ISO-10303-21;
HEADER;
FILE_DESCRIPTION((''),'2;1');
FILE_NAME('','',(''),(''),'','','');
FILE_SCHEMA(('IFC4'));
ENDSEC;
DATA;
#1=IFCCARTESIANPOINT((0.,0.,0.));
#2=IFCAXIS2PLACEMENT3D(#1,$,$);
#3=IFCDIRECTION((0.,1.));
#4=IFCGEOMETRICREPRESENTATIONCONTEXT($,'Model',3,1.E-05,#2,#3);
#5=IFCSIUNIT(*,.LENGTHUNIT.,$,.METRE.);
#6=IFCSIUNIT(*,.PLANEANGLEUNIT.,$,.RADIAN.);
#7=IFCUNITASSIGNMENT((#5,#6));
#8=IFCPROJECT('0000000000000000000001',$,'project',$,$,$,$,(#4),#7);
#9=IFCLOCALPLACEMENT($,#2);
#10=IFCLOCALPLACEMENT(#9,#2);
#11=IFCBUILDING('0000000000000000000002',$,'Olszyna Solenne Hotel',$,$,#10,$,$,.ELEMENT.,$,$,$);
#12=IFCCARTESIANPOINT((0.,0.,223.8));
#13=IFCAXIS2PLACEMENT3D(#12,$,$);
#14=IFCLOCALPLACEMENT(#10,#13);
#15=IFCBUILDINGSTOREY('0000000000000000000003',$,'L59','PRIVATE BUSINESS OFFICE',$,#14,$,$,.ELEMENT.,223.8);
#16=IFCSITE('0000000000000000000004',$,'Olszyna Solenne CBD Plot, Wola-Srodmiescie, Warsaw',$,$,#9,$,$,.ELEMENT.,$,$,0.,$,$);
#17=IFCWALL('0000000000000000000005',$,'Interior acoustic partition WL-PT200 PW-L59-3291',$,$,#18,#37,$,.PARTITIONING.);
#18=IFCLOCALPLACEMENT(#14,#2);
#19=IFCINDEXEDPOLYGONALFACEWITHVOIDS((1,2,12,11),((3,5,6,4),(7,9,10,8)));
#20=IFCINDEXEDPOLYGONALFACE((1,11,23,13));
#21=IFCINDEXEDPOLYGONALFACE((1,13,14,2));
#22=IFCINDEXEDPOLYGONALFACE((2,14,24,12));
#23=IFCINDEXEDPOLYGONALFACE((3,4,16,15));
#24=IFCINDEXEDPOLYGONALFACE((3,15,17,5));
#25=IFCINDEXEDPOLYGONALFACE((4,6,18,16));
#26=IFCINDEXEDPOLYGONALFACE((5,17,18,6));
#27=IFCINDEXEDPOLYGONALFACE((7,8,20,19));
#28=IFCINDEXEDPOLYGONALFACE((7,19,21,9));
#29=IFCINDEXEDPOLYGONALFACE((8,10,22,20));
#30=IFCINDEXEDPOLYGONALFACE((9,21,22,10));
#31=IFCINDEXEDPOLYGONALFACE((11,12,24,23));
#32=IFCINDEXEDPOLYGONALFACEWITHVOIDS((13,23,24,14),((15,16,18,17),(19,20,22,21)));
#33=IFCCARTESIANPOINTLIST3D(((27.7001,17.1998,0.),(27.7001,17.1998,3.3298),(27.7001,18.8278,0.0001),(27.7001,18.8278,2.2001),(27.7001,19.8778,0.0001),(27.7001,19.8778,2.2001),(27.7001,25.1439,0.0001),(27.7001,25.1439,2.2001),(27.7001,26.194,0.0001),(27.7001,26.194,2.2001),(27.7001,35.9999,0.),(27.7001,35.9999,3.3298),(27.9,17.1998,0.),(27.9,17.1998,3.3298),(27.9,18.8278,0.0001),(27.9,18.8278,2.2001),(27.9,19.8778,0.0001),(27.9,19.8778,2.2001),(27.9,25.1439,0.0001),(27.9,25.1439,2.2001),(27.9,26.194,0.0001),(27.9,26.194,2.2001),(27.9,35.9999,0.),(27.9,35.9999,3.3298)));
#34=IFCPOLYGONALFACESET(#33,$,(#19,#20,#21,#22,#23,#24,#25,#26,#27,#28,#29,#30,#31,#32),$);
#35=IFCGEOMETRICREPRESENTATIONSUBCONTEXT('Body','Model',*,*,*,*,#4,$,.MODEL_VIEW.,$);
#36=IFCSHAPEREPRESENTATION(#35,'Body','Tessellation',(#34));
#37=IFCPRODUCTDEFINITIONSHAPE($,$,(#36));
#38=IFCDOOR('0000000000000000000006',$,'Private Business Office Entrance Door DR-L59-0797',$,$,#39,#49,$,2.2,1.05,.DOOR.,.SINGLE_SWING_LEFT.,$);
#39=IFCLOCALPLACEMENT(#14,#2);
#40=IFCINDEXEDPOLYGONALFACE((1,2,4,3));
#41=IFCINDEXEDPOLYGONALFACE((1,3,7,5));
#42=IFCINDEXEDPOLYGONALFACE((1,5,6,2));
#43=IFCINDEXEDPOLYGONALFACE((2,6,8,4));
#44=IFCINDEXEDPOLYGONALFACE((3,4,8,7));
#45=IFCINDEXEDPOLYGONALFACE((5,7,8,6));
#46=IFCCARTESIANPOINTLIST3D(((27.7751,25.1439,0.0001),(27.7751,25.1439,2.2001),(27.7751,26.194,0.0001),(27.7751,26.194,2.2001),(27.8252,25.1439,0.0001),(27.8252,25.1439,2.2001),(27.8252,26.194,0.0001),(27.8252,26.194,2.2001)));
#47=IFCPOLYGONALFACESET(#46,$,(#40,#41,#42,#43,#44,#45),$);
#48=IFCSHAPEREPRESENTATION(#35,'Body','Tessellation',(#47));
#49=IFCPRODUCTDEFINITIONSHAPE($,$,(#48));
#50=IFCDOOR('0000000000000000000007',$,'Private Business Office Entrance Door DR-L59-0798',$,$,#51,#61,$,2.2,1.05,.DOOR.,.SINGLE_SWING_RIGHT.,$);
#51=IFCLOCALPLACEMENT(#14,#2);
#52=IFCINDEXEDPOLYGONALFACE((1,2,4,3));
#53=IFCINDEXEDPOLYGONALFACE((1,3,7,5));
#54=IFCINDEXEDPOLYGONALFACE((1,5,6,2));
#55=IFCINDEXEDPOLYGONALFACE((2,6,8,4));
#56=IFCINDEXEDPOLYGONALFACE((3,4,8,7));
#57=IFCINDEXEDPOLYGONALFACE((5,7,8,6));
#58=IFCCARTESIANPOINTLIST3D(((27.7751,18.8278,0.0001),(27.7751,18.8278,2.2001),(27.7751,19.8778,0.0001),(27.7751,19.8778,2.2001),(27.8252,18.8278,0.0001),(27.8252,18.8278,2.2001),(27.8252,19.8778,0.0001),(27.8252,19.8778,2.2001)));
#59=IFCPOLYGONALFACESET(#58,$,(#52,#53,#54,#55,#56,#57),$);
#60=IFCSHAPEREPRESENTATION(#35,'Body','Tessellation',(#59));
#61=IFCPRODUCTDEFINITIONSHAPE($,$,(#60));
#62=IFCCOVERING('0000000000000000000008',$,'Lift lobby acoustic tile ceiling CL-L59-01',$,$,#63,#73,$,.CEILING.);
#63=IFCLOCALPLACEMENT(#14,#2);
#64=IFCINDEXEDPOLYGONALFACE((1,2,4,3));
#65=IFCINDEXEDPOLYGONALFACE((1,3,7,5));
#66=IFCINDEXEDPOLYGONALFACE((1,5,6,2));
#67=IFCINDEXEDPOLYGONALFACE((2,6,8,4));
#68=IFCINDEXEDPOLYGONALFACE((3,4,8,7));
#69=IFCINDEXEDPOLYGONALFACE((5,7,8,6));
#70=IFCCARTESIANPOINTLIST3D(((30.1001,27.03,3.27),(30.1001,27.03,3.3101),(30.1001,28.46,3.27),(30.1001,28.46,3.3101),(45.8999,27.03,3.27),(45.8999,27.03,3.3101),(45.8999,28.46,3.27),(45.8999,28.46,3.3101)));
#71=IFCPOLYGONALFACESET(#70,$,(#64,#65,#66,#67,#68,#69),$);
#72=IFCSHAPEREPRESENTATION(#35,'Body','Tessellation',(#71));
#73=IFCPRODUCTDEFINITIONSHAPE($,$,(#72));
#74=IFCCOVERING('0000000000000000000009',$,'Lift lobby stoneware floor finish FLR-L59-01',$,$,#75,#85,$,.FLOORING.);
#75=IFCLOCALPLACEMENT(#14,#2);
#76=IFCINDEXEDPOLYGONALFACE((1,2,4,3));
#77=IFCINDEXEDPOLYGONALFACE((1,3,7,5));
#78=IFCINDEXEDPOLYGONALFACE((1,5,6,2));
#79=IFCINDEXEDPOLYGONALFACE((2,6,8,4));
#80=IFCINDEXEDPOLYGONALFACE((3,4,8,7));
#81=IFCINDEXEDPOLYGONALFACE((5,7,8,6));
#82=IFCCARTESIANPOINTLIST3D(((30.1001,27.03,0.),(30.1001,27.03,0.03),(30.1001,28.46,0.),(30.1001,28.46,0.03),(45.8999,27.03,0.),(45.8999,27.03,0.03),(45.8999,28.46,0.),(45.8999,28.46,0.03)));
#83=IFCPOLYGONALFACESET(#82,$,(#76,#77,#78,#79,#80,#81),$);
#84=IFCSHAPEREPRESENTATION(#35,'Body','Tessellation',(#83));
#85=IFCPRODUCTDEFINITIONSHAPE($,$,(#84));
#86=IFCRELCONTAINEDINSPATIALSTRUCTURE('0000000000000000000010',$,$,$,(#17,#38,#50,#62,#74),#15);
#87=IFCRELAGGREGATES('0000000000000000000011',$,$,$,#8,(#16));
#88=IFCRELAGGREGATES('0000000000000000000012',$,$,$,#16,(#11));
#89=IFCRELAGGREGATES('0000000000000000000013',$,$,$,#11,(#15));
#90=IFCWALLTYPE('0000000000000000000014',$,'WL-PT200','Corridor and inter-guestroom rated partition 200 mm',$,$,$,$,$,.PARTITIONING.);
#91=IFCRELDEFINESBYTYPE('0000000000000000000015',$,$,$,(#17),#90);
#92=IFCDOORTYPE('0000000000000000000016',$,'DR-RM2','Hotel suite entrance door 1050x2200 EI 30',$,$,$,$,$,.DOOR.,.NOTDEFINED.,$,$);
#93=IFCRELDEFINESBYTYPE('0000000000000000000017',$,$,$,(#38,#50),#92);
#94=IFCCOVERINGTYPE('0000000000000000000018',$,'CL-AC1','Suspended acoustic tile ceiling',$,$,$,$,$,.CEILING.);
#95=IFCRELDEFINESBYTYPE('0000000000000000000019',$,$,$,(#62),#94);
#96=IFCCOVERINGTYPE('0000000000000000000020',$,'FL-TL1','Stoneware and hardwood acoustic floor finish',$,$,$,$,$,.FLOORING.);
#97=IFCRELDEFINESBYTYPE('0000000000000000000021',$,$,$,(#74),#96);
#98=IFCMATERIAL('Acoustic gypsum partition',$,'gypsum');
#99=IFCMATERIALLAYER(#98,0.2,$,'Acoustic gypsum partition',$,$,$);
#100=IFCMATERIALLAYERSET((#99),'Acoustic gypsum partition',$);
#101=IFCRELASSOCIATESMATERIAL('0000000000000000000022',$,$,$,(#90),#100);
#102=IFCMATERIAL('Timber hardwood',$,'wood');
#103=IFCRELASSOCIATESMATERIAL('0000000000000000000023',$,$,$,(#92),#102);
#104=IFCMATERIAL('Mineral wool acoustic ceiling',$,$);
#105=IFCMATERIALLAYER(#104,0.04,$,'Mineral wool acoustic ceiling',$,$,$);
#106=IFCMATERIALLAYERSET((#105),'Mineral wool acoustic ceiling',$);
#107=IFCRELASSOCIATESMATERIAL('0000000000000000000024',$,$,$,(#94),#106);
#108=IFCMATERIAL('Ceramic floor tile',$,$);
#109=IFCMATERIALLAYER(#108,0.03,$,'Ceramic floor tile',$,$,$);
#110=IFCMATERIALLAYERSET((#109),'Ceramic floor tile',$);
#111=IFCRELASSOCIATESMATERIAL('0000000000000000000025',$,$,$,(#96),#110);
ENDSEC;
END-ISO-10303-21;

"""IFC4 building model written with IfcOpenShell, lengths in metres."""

from ifc_helpers import new_model, si_unit, direction, frame, frame_2d, origin, place, context, subcontext, project, spatial, polyline, rectangle, outline, extrude, source, transform, mapped, material, layer, layer_set, type_object, type_shapes, element, fill, save


model = new_model("IFC4")

# Units and contexts
model_context = context("Model", 3, precision=1e-05, world=origin(), true_north=direction((0.0, 1.0)))
body_context = subcontext(model_context, "Body", "Model", "MODEL_VIEW")
ifc_project = project(units=[si_unit("LENGTHUNIT", "METRE"), si_unit("PLANEANGLEUNIT", "RADIAN")], contexts=[model_context])

# Site, building, storey
site_placement = place(None, origin())
site = spatial("IfcSite", under=ifc_project, at=site_placement, Name="Olszyna Solenne CBD Plot, Wola-Srodmiescie, Warsaw", CompositionType="ELEMENT", RefElevation=0.0)
building_placement = place(site_placement, origin())
building = spatial("IfcBuilding", under=site, at=building_placement, Name="Olszyna Solenne Hotel", CompositionType="ELEMENT")
storey_placement = place(building_placement, frame((0.0, 0.0, 223.8)))
storey = spatial("IfcBuildingStorey", under=building, at=storey_placement, Name="L59", Description="PRIVATE BUSINESS OFFICE", CompositionType="ELEMENT", Elevation=223.8)

# Wall, openings, doors
ifc_material_1 = material(Name="Acoustic gypsum partition", Category="gypsum")
ifc_layer_1 = layer(ifc_material_1, 0.2, Name="Acoustic gypsum partition")
ifc_layer_set_1 = layer_set([ifc_layer_1], Name="Acoustic gypsum partition")
wall_type_1 = type_object("IfcWallType", Name="WL-PT200", Description="Corridor and inter-guestroom rated partition 200 mm", PredefinedType="PARTITIONING", material=ifc_layer_set_1)
ifc_material_2 = material(Name="Timber hardwood", Category="wood")
door_type_1 = type_object("IfcDoorType", Name="DR-RM2", Description="Hotel suite entrance door 1050x2200 EI 30", OperationType="NOTDEFINED", PredefinedType="DOOR", material=ifc_material_2)
shared_shape_1 = source(origin(), body_context, "Body", "SweptSolid", [
    extrude(rectangle(XDim=1.05, YDim=2.2, at=frame_2d((0.5249, 1.1001))), frame((0.0, 0.0249, 0.0), z_axis=(0.0, -1.0, 0.0), x_axis=(1.0, 0.0, 0.0)), (0.0, 0.0, 1.0), 0.05),
])
type_shapes(door_type_1, [shared_shape_1])
wall_1_placement = place(storey_placement, frame((27.8, 17.2, 0.0), z_axis=(0.0, 0.0, 1.0), x_axis=(0.0, 1.0, 0.0)))
wall_1 = element("IfcWall", 1, at=wall_1_placement, inside=storey, type_object=wall_type_1, Name="Interior acoustic partition WL-PT200 PW-L59-3291", PredefinedType="PARTITIONING", context=body_context, shape_type="SweptSolid", body=[
    extrude(rectangle(XDim=18.8, YDim=0.2, at=frame_2d((9.3999, 0.0))), origin(), (0.0, 0.0, 1.0), 3.3298),
])
opening_1_placement = place(wall_1_placement, frame((7.9441, 0.0, 0.0)))
opening_1 = element("IfcOpeningElement", 2, at=opening_1_placement, cuts=wall_1, PredefinedType="OPENING", context=body_context, shape_type="SweptSolid", body=[
    extrude(rectangle(XDim=1.05, YDim=2.2, at=frame_2d((0.5249, 1.1001))), frame((0.0, 0.1099, 0.0), z_axis=(0.0, -1.0, 0.0), x_axis=(1.0, 0.0, 0.0)), (0.0, 0.0, 1.0), 0.22),
])
opening_2_placement = place(wall_1_placement, frame((1.6279, 0.0, 0.0)))
opening_2 = element("IfcOpeningElement", 3, at=opening_2_placement, cuts=wall_1, PredefinedType="OPENING", context=body_context, shape_type="SweptSolid", body=[
    extrude(rectangle(XDim=1.05, YDim=2.2, at=frame_2d((0.5249, 1.1001))), frame((0.0, 0.1099, 0.0), z_axis=(0.0, -1.0, 0.0), x_axis=(1.0, 0.0, 0.0)), (0.0, 0.0, 1.0), 0.22),
])
door_1_placement = place(opening_1_placement, origin())
door_1 = element("IfcDoor", 4, at=door_1_placement, inside=storey, type_object=door_type_1, Name="Private Business Office Entrance Door DR-L59-0797", OperationType="SINGLE_SWING_LEFT", OverallHeight=2.2, OverallWidth=1.05, PredefinedType="DOOR", context=body_context, shape_type="MappedRepresentation", body=[
    mapped(shared_shape_1, transform((0.0, 0.0, 0.0), x_axis=(1.0, 0.0, 0.0), y_axis=(0.0, 1.0, 0.0), z_axis=(0.0, 0.0, 1.0), scale=1.0)),
])
fill(opening_1, door_1)
door_2_placement = place(opening_2_placement, origin())
door_2 = element("IfcDoor", 5, at=door_2_placement, inside=storey, type_object=door_type_1, Name="Private Business Office Entrance Door DR-L59-0798", OperationType="SINGLE_SWING_RIGHT", OverallHeight=2.2, OverallWidth=1.05, PredefinedType="DOOR", context=body_context, shape_type="MappedRepresentation", body=[
    mapped(shared_shape_1, transform((0.0, 0.0, 0.0), x_axis=(1.0, 0.0, 0.0), y_axis=(0.0, 1.0, 0.0), z_axis=(0.0, 0.0, 1.0), scale=1.0)),
])
fill(opening_2, door_2)

# Coverings
ifc_material_3 = material(Name="Mineral wool acoustic ceiling")
ifc_layer_2 = layer(ifc_material_3, 0.04, Name="Mineral wool acoustic ceiling")
ifc_layer_set_2 = layer_set([ifc_layer_2], Name="Mineral wool acoustic ceiling")
covering_type_1 = type_object("IfcCoveringType", Name="CL-AC1", Description="Suspended acoustic tile ceiling", PredefinedType="CEILING", material=ifc_layer_set_2)
covering_1_placement = place(storey_placement, frame((0.0, 0.0, 3.27)))
element("IfcCovering", 6, at=covering_1_placement, inside=storey, type_object=covering_type_1, Name="Lift lobby acoustic tile ceiling CL-L59-01", PredefinedType="CEILING", context=body_context, shape_type="SweptSolid", body=[
    extrude(outline(polyline([(30.1001, 27.03), (45.8999, 27.03), (45.8999, 28.46), (30.1001, 28.46), (30.1001, 27.03)])), origin(), (0.0, 0.0, 1.0), 0.04),
])
ifc_material_4 = material(Name="Ceramic floor tile")
ifc_layer_3 = layer(ifc_material_4, 0.03, Name="Ceramic floor tile")
ifc_layer_set_3 = layer_set([ifc_layer_3], Name="Ceramic floor tile")
covering_type_2 = type_object("IfcCoveringType", Name="FL-TL1", Description="Stoneware and hardwood acoustic floor finish", PredefinedType="FLOORING", material=ifc_layer_set_3)
covering_2_placement = place(storey_placement, origin())
element("IfcCovering", 7, at=covering_2_placement, inside=storey, type_object=covering_type_2, Name="Lift lobby stoneware floor finish FLR-L59-01", PredefinedType="FLOORING", context=body_context, shape_type="SweptSolid", body=[
    extrude(outline(polyline([(30.1001, 27.03), (45.8999, 27.03), (45.8999, 28.46), (30.1001, 28.46), (30.1001, 27.03)])), origin(), (0.0, 0.0, 1.0), 0.03),
])

save(model, "model.ifc")
